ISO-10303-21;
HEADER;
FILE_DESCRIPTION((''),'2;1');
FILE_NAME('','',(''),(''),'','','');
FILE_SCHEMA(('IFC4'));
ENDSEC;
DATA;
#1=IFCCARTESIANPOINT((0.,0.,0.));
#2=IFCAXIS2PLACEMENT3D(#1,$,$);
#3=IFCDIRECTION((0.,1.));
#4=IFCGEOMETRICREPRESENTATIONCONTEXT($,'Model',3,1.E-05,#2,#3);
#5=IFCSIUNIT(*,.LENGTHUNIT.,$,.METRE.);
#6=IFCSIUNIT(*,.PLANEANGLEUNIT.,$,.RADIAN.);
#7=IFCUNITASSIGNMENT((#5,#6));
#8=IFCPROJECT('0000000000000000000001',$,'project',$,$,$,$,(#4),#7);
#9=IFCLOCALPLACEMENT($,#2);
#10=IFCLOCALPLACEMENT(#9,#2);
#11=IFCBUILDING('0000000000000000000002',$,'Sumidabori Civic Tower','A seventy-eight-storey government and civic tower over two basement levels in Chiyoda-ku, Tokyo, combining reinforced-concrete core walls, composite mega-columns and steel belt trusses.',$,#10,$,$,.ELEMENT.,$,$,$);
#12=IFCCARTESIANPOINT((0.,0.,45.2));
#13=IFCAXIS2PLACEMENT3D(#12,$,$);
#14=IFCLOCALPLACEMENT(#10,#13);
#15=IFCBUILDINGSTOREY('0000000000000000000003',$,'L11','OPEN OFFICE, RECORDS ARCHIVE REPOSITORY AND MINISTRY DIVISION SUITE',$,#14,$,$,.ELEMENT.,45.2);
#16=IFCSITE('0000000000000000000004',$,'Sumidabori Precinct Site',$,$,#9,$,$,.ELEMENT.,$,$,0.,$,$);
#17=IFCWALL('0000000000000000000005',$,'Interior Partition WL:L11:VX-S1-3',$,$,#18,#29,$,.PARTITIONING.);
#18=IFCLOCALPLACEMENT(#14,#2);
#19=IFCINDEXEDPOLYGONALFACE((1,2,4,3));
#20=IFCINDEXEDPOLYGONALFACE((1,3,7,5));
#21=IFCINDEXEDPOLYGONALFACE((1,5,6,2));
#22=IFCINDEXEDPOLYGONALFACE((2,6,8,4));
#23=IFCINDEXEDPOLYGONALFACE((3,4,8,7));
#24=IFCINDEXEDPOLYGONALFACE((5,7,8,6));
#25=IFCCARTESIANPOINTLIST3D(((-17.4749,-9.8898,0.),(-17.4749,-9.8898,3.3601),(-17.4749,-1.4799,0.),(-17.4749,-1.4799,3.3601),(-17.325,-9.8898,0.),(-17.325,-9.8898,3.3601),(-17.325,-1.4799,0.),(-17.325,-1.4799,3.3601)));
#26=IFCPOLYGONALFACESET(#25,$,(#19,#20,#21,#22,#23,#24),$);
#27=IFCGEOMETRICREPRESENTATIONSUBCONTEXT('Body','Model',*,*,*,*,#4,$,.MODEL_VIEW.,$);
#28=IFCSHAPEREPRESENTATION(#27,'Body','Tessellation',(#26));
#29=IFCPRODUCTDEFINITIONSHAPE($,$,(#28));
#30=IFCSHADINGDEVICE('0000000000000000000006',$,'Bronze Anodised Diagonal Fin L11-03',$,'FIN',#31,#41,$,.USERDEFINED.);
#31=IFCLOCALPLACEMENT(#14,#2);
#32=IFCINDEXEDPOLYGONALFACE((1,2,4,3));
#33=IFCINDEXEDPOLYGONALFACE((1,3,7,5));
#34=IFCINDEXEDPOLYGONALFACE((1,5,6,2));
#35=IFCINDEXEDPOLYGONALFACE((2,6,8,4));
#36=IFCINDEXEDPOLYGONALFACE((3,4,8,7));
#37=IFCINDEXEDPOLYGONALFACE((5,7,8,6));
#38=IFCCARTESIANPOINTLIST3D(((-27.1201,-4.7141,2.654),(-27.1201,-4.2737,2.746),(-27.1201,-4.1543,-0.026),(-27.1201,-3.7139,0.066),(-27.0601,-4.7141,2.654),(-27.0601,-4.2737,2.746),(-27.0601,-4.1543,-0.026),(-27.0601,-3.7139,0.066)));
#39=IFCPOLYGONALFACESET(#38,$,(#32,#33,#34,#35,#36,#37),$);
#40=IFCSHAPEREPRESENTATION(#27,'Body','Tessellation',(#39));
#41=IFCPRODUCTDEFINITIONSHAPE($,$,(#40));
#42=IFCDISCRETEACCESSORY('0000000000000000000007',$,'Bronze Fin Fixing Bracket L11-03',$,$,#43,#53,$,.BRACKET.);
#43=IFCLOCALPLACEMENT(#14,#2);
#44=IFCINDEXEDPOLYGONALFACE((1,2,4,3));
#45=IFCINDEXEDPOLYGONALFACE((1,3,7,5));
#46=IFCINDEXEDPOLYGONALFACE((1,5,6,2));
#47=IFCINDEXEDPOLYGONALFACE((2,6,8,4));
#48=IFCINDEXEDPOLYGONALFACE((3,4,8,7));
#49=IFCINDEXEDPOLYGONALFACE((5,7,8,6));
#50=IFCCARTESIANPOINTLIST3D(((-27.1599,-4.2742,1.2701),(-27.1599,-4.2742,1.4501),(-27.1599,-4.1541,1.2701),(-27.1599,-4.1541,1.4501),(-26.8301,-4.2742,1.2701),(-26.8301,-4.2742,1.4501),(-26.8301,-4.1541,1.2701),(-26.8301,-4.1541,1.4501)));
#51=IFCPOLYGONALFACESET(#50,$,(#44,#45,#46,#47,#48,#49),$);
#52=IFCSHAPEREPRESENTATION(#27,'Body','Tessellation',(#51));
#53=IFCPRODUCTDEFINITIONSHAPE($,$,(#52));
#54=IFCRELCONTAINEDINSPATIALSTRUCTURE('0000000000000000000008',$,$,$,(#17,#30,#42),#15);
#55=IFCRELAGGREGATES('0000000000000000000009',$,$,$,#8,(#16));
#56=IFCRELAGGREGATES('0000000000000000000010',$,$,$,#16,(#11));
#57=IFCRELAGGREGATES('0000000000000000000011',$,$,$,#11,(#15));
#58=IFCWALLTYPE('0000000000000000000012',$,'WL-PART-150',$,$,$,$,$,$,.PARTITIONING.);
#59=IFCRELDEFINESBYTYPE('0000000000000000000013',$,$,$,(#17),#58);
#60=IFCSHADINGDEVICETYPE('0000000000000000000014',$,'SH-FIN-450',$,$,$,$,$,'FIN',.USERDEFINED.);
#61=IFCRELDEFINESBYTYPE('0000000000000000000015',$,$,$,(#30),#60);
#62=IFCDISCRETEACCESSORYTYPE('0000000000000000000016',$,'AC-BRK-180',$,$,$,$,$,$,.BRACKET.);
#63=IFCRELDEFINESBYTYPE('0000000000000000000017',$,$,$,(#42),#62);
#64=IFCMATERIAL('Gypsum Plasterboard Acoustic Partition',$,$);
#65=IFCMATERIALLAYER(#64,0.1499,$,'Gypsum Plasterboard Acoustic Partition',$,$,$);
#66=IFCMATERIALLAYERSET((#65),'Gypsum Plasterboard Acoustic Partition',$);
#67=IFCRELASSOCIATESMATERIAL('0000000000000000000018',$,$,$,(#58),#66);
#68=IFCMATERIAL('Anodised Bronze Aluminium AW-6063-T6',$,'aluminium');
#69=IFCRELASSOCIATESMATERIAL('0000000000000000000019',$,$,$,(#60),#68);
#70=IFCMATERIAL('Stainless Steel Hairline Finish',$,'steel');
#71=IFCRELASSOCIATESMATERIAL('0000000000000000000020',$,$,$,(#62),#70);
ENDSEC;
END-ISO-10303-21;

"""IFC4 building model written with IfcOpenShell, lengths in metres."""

from ifc_helpers import new_model, si_unit, direction, frame, frame_2d, origin, origin_2d, place, context, subcontext, project, spatial, rectangle, extrude, source, transform, mapped, material, layer, layer_set, material_profile, profile_set, type_object, element, save


model = new_model("IFC4")

# Units and contexts
model_context = context("Model", 3, precision=1e-05, world=origin(), true_north=direction((0.0, 1.0)))
body_context = subcontext(model_context, "Body", "Model", "MODEL_VIEW")
ifc_project = project(units=[si_unit("LENGTHUNIT", "METRE"), si_unit("PLANEANGLEUNIT", "RADIAN")], contexts=[model_context])

# Site, building, storey
site_placement = place(None, origin())
site = spatial("IfcSite", under=ifc_project, at=site_placement, Name="Sumidabori Precinct Site", CompositionType="ELEMENT", RefElevation=0.0)
building_placement = place(site_placement, origin())
building = spatial("IfcBuilding", under=site, at=building_placement, Name="Sumidabori Civic Tower", Description="A seventy-eight-storey government and civic tower over two basement levels in Chiyoda-ku, Tokyo, combining reinforced-concrete core walls, composite mega-columns and steel belt trusses.", CompositionType="ELEMENT")
storey_placement = place(building_placement, frame((0.0, 0.0, 45.2)))
storey = spatial("IfcBuildingStorey", under=building, at=storey_placement, Name="L11", Description="OPEN OFFICE, RECORDS ARCHIVE REPOSITORY AND MINISTRY DIVISION SUITE", CompositionType="ELEMENT", Elevation=45.2)

# Shared definitions
ifc_material_1 = material(Name="Anodised Bronze Aluminium AW-6063-T6", Category="aluminium")

# Shared definitions
ifc_material_2 = material(Name="Gypsum Plasterboard Acoustic Partition")
ifc_layer_1 = layer(ifc_material_2, 0.1499, Name="Gypsum Plasterboard Acoustic Partition")
ifc_layer_set_1 = layer_set([ifc_layer_1], Name="Gypsum Plasterboard Acoustic Partition")
wall_type = type_object("IfcWallType", Name="WL-PART-150", PredefinedType="PARTITIONING", material=ifc_layer_set_1)

# Wall
shared_shape_1 = source(origin(), body_context, "Body", "SweptSolid", [
    extrude(rectangle(XDim=8.4099, YDim=0.1499, at=frame_2d((4.2051, 0.0))), origin(), (0.0, 0.0, 1.0), 3.3601),
])
wall_1_placement = place(storey_placement, frame((-17.3999, -9.8899, 0.0), z_axis=(0.0, 0.0, 1.0), x_axis=(0.0, 1.0, 0.0)))
element("IfcWall", 1, at=wall_1_placement, inside=storey, type_object=wall_type, Name="Interior Partition WL:L11:VX-S1-3", PredefinedType="PARTITIONING", context=body_context, shape_type="MappedRepresentation", body=[
    mapped(shared_shape_1, transform((0.0, 0.0, 0.0), x_axis=(1.0, 0.0, 0.0), y_axis=(0.0, 1.0, 0.0), z_axis=(0.0, 0.0, 1.0), scale=1.0)),
])

# Shading device
ifc_material_profile_1 = material_profile(ifc_material_1, rectangle(XDim=0.0601, YDim=0.45, at=origin_2d()), Name="BRONZE FIN 450x60")
ifc_profile_set_1 = profile_set([ifc_material_profile_1], Name="Anodised Bronze Aluminium AW-6063-T6")
shading_device_type = type_object("IfcShadingDeviceType", Name="SH-FIN-450", ElementType="FIN", PredefinedType="USERDEFINED", material=ifc_profile_set_1)
shared_shape_2 = source(origin(), body_context, "Body", "SweptSolid", [
    extrude(rectangle(XDim=0.0601, YDim=0.45, at=origin_2d()), origin(), (0.0, 0.0, 1.0), 2.7378),
])
shading_device_placement = place(storey_placement, frame((-27.0901, -3.9341, 0.02), z_axis=(0.0, -0.204478, 0.978871), x_axis=(-1.0, 0.0, 0.0)))
element("IfcShadingDevice", 2, at=shading_device_placement, inside=storey, type_object=shading_device_type, Name="Bronze Anodised Diagonal Fin L11-03", ObjectType="FIN", PredefinedType="USERDEFINED", context=body_context, shape_type="MappedRepresentation", body=[
    mapped(shared_shape_2, transform((0.0, 0.0, 0.0), x_axis=(1.0, 0.0, 0.0), y_axis=(0.0, 1.0, 0.0), z_axis=(0.0, 0.0, 1.0), scale=1.0)),
])

# Discrete accessory
ifc_material_3 = material(Name="Stainless Steel Hairline Finish", Category="steel")
ifc_material_profile_2 = material_profile(ifc_material_3, rectangle(XDim=0.1201, YDim=0.1799, at=origin_2d()), Name="STEEL BRACKET 180x120")
ifc_profile_set_2 = profile_set([ifc_material_profile_2], Name="Stainless Steel Hairline Finish")
discrete_accessory_type = type_object("IfcDiscreteAccessoryType", Name="AC-BRK-180", PredefinedType="BRACKET", material=ifc_profile_set_2)
shared_shape_3 = source(origin(), body_context, "Body", "SweptSolid", [
    extrude(rectangle(XDim=0.1201, YDim=0.1799, at=origin_2d()), origin(), (0.0, 0.0, 1.0), 0.3298),
])
discrete_accessory_placement = place(storey_placement, frame((-26.8301, -4.2141, 1.3601), z_axis=(-1.0, 0.0, 0.0), x_axis=(0.0, -1.0, 0.0)))
element("IfcDiscreteAccessory", 3, at=discrete_accessory_placement, inside=storey, type_object=discrete_accessory_type, Name="Bronze Fin Fixing Bracket L11-03", PredefinedType="BRACKET", context=body_context, shape_type="MappedRepresentation", body=[
    mapped(shared_shape_3, transform((0.0, 0.0, 0.0), x_axis=(1.0, 0.0, 0.0), y_axis=(0.0, 1.0, 0.0), z_axis=(0.0, 0.0, 1.0), scale=1.0)),
])

save(model, "model.ifc")
